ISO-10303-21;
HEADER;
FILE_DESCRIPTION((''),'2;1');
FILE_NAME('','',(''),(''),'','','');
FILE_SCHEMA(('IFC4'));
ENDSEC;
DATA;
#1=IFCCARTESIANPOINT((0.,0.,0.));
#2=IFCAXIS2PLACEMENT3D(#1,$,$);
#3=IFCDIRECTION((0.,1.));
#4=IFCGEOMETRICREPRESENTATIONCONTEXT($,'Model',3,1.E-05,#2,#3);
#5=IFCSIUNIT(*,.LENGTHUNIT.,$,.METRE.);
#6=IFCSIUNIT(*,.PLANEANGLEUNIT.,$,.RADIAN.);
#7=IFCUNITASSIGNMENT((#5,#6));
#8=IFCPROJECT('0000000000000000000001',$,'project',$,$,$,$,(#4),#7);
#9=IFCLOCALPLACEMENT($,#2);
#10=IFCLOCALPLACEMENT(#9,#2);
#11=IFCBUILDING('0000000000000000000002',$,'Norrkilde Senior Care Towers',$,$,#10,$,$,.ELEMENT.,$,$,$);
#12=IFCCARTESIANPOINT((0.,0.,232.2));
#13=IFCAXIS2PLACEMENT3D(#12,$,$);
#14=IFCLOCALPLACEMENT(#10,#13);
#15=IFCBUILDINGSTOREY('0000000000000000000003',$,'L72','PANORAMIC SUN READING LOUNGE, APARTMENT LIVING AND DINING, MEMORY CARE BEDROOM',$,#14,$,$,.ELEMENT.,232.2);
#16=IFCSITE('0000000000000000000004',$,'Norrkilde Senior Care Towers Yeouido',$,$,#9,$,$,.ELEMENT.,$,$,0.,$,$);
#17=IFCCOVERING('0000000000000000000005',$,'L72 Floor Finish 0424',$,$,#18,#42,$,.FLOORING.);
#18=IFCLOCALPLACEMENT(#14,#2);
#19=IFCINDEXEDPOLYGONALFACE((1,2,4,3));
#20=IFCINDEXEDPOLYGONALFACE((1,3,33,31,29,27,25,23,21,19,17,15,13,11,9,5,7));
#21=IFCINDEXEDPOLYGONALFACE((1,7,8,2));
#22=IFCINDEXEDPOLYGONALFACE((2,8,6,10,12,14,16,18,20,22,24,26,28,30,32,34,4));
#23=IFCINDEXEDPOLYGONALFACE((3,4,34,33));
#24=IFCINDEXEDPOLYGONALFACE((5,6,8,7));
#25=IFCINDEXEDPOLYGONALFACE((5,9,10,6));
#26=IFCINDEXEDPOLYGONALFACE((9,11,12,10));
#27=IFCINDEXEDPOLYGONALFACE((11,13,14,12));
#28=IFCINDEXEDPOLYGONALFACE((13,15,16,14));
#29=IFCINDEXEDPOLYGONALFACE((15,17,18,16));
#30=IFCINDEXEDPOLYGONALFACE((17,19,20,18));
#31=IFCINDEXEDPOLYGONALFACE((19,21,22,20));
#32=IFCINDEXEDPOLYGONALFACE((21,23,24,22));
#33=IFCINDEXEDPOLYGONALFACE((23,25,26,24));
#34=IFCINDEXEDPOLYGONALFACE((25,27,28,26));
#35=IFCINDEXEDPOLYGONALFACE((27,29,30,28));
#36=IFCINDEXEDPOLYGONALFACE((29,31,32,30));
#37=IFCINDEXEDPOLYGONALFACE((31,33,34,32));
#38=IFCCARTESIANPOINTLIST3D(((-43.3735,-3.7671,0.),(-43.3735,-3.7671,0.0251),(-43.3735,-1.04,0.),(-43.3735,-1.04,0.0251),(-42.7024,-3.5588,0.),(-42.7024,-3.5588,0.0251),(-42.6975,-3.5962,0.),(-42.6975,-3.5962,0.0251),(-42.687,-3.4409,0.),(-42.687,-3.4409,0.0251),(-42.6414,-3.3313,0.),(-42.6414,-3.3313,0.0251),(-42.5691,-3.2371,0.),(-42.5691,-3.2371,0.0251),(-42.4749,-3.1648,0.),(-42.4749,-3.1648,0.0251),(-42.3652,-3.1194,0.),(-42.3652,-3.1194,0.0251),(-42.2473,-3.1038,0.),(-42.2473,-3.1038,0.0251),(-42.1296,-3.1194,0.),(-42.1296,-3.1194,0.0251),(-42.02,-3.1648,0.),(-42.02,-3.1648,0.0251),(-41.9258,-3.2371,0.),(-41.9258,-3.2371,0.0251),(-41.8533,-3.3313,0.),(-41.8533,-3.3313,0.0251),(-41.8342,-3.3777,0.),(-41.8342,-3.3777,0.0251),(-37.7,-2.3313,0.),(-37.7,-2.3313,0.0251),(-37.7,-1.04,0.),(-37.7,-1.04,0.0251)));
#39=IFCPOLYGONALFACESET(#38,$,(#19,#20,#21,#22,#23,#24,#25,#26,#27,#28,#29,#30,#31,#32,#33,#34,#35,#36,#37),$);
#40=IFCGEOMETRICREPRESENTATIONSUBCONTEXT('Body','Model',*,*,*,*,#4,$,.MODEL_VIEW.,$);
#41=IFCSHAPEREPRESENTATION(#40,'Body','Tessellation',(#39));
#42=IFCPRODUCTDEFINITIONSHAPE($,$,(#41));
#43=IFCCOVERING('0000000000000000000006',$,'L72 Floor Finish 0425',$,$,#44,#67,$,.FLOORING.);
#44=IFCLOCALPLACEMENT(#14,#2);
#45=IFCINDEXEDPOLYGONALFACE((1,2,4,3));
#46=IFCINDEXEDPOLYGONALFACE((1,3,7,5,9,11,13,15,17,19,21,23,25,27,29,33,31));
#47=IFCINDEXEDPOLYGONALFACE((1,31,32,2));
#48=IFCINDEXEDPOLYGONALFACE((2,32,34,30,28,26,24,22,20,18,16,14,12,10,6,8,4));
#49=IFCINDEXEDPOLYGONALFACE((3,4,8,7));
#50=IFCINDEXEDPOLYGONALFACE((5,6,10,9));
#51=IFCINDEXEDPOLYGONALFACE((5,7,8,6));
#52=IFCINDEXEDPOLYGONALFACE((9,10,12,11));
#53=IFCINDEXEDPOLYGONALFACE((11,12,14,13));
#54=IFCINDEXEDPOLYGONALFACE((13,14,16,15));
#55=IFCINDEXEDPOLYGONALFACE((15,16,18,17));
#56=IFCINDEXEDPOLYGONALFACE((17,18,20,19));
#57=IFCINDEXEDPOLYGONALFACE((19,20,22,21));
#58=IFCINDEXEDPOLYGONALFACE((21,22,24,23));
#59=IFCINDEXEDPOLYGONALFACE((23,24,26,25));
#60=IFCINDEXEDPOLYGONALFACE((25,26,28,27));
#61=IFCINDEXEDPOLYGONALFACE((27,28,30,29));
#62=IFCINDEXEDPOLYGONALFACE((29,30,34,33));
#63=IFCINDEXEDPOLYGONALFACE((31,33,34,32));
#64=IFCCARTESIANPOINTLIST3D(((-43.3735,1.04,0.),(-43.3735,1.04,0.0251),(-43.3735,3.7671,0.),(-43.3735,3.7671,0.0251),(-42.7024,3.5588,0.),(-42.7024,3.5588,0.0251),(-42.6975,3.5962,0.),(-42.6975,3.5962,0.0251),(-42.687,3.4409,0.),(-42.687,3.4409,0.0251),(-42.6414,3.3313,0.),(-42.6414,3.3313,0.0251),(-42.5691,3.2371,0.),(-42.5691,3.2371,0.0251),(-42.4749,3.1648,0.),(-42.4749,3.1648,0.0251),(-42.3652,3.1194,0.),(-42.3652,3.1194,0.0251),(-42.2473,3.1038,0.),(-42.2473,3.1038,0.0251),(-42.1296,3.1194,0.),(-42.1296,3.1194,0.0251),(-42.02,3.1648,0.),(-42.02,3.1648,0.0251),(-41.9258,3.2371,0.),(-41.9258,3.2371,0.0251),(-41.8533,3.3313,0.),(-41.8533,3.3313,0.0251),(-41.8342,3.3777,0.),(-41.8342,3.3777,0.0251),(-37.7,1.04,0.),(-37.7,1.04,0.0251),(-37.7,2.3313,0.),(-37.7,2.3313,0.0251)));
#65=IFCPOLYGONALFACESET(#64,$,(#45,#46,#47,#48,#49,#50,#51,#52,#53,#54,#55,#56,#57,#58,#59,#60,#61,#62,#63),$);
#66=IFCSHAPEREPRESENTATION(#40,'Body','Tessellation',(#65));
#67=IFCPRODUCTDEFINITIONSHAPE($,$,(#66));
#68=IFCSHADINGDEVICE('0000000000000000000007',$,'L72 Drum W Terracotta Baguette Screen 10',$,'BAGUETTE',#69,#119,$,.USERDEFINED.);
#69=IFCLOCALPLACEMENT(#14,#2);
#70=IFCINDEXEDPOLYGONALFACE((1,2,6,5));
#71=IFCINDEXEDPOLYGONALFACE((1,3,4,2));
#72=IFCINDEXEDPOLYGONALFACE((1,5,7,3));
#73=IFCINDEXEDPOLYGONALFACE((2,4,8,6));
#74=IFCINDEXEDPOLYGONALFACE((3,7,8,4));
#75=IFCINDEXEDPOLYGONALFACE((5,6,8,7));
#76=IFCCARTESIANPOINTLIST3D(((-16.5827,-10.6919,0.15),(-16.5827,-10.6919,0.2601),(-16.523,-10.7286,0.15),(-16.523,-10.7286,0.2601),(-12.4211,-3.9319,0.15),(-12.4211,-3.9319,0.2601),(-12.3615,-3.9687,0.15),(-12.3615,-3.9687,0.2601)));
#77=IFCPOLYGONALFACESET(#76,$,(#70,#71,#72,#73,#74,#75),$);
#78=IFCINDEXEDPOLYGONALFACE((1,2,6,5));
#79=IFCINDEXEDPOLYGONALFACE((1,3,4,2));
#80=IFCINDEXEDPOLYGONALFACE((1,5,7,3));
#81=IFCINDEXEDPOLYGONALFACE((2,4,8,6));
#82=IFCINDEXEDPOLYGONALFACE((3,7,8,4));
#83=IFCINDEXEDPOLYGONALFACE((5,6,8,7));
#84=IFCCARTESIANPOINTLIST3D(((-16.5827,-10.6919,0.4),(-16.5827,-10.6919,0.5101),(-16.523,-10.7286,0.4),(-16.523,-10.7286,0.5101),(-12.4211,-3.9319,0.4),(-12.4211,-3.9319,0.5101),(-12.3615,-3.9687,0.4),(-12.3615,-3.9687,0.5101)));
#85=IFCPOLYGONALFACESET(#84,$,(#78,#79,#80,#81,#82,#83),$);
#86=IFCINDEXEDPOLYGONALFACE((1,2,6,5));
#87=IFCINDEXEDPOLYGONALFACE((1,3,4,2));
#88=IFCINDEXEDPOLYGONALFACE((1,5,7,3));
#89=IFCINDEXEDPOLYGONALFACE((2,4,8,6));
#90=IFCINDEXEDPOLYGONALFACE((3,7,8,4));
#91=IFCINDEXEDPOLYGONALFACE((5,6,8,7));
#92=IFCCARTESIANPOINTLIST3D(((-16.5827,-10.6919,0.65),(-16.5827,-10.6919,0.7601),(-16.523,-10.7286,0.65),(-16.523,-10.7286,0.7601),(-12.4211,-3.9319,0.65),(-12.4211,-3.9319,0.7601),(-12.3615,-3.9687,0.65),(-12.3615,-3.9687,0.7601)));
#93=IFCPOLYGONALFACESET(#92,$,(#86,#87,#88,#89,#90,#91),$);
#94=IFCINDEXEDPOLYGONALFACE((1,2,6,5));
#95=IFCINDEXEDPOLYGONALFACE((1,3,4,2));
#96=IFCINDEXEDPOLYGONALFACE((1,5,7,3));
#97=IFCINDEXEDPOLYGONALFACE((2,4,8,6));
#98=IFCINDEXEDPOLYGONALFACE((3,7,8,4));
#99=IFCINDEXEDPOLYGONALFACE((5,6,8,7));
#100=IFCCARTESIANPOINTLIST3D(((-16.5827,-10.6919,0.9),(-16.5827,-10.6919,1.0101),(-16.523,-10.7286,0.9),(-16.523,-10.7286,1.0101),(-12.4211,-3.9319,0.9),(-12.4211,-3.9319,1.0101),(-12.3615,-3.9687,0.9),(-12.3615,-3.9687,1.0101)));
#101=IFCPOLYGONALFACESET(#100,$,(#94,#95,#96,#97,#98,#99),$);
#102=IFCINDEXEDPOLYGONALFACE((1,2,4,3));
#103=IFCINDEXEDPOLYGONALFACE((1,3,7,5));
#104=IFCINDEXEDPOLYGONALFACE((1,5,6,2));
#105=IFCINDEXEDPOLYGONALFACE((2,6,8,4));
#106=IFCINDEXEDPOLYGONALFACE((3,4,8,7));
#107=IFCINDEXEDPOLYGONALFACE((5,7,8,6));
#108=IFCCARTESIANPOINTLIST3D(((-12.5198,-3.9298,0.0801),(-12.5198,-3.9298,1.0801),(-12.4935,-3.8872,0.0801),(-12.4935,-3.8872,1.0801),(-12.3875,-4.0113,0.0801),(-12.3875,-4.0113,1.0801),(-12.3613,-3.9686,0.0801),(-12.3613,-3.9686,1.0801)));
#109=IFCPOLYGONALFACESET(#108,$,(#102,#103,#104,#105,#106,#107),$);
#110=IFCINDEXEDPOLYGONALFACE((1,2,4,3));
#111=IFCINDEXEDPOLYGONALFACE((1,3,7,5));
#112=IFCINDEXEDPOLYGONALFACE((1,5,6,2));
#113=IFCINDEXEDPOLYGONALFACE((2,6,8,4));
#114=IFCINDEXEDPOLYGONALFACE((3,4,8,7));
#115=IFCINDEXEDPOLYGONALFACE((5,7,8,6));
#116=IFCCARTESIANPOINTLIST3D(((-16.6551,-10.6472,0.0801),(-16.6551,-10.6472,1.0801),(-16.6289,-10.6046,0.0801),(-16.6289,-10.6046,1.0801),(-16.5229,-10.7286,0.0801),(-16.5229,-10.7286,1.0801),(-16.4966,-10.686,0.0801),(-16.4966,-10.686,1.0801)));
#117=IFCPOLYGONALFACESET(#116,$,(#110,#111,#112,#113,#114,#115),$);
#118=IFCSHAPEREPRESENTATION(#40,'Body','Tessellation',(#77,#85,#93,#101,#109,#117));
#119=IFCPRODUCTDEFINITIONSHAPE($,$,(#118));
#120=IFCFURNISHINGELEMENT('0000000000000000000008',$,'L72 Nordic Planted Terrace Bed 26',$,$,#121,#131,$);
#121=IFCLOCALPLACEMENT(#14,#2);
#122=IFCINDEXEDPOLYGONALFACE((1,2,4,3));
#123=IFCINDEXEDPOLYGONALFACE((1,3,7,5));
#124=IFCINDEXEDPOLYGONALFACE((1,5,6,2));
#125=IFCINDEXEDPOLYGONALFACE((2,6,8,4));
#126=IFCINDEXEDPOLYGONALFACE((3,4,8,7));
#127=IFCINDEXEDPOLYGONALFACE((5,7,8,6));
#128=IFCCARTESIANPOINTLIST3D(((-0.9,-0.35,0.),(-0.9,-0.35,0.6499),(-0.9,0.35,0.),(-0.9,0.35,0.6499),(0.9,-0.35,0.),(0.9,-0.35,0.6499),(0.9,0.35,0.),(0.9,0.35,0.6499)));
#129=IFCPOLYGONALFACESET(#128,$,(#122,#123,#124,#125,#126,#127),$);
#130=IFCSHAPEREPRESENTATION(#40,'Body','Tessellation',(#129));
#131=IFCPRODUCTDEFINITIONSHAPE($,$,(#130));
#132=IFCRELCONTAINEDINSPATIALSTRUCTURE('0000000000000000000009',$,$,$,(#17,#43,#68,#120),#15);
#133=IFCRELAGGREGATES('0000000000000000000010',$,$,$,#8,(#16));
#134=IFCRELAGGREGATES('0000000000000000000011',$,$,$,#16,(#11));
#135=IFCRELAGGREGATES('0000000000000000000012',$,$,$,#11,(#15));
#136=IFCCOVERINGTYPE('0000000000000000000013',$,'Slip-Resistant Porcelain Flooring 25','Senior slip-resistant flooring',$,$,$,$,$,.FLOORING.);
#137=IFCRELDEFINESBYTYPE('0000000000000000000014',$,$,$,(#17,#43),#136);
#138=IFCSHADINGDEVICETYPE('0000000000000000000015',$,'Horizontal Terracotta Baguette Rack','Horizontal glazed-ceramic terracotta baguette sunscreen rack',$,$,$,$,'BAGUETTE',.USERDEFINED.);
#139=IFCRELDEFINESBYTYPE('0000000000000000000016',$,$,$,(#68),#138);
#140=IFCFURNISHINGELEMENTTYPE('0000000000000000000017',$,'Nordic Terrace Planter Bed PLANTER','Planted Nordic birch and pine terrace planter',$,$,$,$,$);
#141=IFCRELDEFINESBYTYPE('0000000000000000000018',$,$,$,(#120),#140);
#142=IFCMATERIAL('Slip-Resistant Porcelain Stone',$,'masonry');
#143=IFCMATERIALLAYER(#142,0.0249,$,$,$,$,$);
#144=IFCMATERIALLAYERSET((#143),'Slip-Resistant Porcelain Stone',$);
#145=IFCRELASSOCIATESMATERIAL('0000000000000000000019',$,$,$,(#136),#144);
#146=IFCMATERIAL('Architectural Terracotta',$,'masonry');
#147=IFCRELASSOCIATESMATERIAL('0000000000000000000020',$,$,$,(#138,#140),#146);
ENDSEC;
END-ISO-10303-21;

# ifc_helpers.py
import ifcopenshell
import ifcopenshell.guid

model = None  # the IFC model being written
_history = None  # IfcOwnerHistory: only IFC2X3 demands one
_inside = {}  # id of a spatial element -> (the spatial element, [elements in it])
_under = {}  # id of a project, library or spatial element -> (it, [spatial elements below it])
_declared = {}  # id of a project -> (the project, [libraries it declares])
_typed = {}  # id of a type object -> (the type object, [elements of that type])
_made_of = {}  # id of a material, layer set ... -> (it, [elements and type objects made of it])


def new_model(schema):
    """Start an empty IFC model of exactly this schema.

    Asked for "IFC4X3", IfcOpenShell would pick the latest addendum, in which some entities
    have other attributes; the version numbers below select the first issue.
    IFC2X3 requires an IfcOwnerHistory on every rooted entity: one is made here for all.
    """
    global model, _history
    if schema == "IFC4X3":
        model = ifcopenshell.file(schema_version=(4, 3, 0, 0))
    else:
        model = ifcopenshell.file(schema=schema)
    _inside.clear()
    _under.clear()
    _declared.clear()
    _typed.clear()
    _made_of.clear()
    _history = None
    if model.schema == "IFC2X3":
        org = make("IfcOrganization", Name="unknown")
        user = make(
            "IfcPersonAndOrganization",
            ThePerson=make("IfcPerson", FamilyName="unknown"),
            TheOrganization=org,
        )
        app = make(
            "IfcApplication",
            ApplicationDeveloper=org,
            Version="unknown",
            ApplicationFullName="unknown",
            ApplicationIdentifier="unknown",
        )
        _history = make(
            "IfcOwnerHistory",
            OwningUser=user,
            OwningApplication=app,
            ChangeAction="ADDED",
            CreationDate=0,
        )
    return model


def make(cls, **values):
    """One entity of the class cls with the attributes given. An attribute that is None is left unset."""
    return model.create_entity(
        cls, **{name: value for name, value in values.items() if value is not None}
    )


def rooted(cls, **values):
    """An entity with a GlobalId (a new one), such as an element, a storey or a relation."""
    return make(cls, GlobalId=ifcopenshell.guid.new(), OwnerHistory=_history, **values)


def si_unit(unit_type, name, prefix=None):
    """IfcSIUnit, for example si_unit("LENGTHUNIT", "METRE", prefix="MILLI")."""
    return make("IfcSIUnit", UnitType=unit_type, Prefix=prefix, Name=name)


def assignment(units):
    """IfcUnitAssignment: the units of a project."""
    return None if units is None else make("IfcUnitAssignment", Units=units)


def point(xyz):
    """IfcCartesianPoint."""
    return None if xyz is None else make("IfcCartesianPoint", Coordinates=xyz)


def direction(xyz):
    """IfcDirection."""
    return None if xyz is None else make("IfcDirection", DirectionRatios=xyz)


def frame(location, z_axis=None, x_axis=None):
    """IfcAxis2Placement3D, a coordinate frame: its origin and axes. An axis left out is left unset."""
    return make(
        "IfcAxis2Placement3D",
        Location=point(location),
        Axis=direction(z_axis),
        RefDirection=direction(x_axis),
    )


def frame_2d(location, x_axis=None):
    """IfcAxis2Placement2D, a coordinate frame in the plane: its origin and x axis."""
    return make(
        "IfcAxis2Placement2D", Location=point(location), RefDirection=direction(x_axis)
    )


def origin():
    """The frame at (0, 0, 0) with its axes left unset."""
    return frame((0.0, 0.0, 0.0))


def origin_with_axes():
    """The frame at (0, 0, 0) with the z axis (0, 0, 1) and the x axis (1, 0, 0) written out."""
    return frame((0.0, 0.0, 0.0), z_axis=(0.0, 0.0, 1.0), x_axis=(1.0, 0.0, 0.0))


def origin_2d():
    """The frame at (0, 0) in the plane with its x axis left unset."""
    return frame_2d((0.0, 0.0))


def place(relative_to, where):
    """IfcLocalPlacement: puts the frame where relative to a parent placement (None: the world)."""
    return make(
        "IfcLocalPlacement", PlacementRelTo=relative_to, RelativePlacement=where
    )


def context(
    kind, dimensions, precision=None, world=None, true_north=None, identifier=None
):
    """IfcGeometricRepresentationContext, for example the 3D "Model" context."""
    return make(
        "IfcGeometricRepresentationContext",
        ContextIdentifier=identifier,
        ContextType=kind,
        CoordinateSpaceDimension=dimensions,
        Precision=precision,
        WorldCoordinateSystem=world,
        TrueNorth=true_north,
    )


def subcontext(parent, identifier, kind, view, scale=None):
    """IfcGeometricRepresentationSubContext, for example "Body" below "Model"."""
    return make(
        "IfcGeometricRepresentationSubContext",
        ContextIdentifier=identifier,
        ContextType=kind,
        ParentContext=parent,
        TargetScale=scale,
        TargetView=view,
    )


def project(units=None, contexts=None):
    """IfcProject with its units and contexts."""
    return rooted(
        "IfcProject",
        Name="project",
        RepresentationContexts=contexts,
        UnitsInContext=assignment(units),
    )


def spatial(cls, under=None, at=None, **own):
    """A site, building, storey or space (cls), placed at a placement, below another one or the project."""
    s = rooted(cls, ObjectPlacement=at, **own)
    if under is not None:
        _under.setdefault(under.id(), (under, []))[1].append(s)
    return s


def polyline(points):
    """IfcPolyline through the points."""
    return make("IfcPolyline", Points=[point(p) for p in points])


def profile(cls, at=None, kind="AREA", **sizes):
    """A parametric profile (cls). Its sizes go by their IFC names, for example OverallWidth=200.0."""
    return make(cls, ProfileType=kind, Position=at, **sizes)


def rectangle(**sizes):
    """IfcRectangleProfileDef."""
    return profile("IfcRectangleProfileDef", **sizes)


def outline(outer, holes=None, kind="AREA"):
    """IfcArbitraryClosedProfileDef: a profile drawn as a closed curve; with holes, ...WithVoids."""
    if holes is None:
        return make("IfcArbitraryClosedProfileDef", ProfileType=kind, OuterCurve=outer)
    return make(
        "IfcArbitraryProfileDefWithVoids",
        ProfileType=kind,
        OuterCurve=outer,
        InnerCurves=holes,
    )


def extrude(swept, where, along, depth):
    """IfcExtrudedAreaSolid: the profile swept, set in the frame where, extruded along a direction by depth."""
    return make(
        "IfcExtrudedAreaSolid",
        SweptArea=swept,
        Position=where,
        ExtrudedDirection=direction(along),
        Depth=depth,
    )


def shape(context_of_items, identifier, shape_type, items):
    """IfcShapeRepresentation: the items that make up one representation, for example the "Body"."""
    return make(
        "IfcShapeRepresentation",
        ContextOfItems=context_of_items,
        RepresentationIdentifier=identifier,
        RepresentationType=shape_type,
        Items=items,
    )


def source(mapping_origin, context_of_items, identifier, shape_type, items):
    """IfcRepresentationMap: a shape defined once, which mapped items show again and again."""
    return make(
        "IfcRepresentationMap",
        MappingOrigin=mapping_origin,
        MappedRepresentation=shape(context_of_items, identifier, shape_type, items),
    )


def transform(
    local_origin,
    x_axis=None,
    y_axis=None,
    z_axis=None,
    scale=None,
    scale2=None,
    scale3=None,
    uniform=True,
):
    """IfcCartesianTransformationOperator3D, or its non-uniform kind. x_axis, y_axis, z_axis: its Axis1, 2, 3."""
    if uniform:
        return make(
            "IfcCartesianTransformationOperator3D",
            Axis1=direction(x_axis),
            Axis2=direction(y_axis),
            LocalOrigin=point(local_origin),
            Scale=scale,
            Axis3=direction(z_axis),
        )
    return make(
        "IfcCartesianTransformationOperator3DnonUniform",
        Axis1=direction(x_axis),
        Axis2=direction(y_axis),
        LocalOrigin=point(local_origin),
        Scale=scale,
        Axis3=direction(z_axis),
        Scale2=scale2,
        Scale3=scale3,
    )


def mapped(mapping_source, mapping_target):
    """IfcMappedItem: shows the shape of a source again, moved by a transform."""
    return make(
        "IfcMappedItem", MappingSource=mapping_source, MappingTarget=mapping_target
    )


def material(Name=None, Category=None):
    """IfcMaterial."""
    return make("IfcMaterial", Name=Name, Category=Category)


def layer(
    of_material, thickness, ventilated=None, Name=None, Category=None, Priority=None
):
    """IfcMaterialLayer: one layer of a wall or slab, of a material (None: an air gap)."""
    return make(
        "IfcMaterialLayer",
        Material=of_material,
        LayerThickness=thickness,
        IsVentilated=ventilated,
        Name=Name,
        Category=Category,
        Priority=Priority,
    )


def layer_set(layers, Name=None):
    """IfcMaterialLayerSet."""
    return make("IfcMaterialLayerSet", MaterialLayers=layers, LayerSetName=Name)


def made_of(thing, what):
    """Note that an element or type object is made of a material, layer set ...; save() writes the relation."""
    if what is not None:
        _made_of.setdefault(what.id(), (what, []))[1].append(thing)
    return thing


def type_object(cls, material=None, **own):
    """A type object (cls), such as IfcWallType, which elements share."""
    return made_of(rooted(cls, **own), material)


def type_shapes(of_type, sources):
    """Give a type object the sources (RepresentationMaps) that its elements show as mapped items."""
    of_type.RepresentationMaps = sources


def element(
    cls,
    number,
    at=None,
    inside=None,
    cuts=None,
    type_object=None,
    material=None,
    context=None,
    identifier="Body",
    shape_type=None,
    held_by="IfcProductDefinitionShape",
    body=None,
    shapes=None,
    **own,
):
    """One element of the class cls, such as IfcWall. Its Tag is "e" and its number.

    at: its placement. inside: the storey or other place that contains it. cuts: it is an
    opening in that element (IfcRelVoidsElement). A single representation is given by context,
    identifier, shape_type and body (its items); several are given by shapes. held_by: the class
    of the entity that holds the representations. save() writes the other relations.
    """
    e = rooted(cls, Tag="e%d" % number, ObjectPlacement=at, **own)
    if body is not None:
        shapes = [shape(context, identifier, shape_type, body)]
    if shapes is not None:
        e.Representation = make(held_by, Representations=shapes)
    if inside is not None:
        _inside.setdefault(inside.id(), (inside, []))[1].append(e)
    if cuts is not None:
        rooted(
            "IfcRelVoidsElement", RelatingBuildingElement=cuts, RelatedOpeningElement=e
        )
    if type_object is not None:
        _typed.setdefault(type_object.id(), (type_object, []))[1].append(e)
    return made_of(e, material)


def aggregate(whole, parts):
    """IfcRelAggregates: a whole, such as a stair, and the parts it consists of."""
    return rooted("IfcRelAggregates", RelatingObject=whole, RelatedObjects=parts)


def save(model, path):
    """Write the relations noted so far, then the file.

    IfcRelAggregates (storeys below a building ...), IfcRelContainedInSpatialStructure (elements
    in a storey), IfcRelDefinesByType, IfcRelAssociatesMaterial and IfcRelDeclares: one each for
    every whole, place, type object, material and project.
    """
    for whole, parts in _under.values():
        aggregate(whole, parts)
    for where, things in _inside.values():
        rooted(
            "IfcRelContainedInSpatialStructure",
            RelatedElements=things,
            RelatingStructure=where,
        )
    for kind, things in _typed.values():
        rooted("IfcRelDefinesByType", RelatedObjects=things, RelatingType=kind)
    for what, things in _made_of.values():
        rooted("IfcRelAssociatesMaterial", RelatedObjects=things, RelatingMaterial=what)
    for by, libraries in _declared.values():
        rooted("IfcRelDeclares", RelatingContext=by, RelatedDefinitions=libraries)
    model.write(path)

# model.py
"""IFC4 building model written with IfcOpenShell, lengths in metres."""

from ifc_helpers import new_model, si_unit, direction, frame, origin, origin_with_axes, origin_2d, place, context, subcontext, project, spatial, polyline, rectangle, outline, extrude, source, transform, mapped, material, layer, layer_set, type_object, type_shapes, element, save


model = new_model("IFC4")

# Units and contexts
model_context = context("Model", 3, precision=1e-05, world=origin(), true_north=direction((0.0, 1.0)))
body_context = subcontext(model_context, "Body", "Model", "MODEL_VIEW")
ifc_project = project(units=[si_unit("LENGTHUNIT", "METRE"), si_unit("PLANEANGLEUNIT", "RADIAN")], contexts=[model_context])

# Site, building, storey
site_placement = place(None, origin())
site = spatial("IfcSite", under=ifc_project, at=site_placement, Name="Norrkilde Senior Care Towers Yeouido", CompositionType="ELEMENT", RefElevation=0.0)
building_placement = place(site_placement, origin())
building = spatial("IfcBuilding", under=site, at=building_placement, Name="Norrkilde Senior Care Towers", CompositionType="ELEMENT")
storey_placement = place(building_placement, frame((0.0, 0.0, 232.2)))
storey = spatial("IfcBuildingStorey", under=building, at=storey_placement, Name="L72", Description="PANORAMIC SUN READING LOUNGE, APARTMENT LIVING AND DINING, MEMORY CARE BEDROOM", CompositionType="ELEMENT", Elevation=232.2)

# Coverings
ifc_material_1 = material(Name="Slip-Resistant Porcelain Stone", Category="masonry")
ifc_layer_1 = layer(ifc_material_1, 0.0249)
ifc_layer_set_1 = layer_set([ifc_layer_1], Name="Slip-Resistant Porcelain Stone")
covering_type_1 = type_object("IfcCoveringType", Name="Slip-Resistant Porcelain Flooring 25", Description="Senior slip-resistant flooring", PredefinedType="FLOORING", material=ifc_layer_set_1)
covering_1_placement = place(storey_placement, origin())
element("IfcCovering", 1, at=covering_1_placement, inside=storey, type_object=covering_type_1, Name="L72 Floor Finish 0424", PredefinedType="FLOORING", context=body_context, shape_type="SweptSolid", body=[
    extrude(outline(polyline([(-37.7, -1.04), (-37.7, -2.3313), (-41.8342, -3.3777), (-41.8533, -3.3313), (-41.9258, -3.2371), (-42.02, -3.1648), (-42.1296, -3.1194), (-42.2473, -3.1038), (-42.3652, -3.1194), (-42.4749, -3.1648), (-42.5691, -3.2371), (-42.6414, -3.3313), (-42.687, -3.4409), (-42.7024, -3.5588), (-42.6975, -3.5962), (-43.3735, -3.7671), (-43.3735, -1.04), (-37.7, -1.04)])), origin(), (0.0, 0.0, 1.0), 0.0251),
])
covering_2_placement = place(storey_placement, origin())
element("IfcCovering", 2, at=covering_2_placement, inside=storey, type_object=covering_type_1, Name="L72 Floor Finish 0425", PredefinedType="FLOORING", context=body_context, shape_type="SweptSolid", body=[
    extrude(outline(polyline([(-37.7, 1.04), (-43.3735, 1.04), (-43.3735, 3.7671), (-42.6975, 3.5962), (-42.7024, 3.5588), (-42.687, 3.4409), (-42.6414, 3.3313), (-42.5691, 3.2371), (-42.4749, 3.1648), (-42.3652, 3.1194), (-42.2473, 3.1038), (-42.1296, 3.1194), (-42.02, 3.1648), (-41.9258, 3.2371), (-41.8533, 3.3313), (-41.8342, 3.3777), (-37.7, 2.3313), (-37.7, 1.04)])), origin(), (0.0, 0.0, 1.0), 0.0251),
])

# Shading device
ifc_material_2 = material(Name="Architectural Terracotta", Category="masonry")
shading_device_type = type_object("IfcShadingDeviceType", Name="Horizontal Terracotta Baguette Rack", Description="Horizontal glazed-ceramic terracotta baguette sunscreen rack", ElementType="BAGUETTE", PredefinedType="USERDEFINED", material=ifc_material_2)
shared_shape_1 = source(origin(), body_context, "Body", "SweptSolid", [
    extrude(rectangle(XDim=0.0701, YDim=0.1101, at=origin_2d()), frame((0.0, 0.0901, 0.125), z_axis=(1.0, 0.0, 0.0), x_axis=(0.0, 1.0, 0.0)), (0.0, 0.0, 1.0), 7.9382),
    extrude(rectangle(XDim=0.0701, YDim=0.1101, at=origin_2d()), frame((0.0, 0.0901, 0.375), z_axis=(1.0, 0.0, 0.0), x_axis=(0.0, 1.0, 0.0)), (0.0, 0.0, 1.0), 7.9382),
    extrude(rectangle(XDim=0.0701, YDim=0.1101, at=origin_2d()), frame((0.0, 0.0901, 0.625), z_axis=(1.0, 0.0, 0.0), x_axis=(0.0, 1.0, 0.0)), (0.0, 0.0, 1.0), 7.9382),
    extrude(rectangle(XDim=0.0701, YDim=0.1101, at=origin_2d()), frame((0.0, 0.0901, 0.875), z_axis=(1.0, 0.0, 0.0), x_axis=(0.0, 1.0, 0.0)), (0.0, 0.0, 1.0), 7.9382),
    extrude(rectangle(XDim=0.05, YDim=0.1553, at=origin_2d()), frame((0.0249, 0.0476, 0.0)), (0.0, 0.0, 1.0), 1.0),
    extrude(rectangle(XDim=0.05, YDim=0.1553, at=origin_2d()), frame((7.9131, 0.0476, 0.0)), (0.0, 0.0, 1.0), 1.0),
])
type_shapes(shading_device_type, [shared_shape_1])
shading_device_placement = place(storey_placement, frame((-12.468, -3.9031, 0.0801), z_axis=(0.0, 0.0, 1.0), x_axis=(-0.52425, -0.851576, 0.0)))
element("IfcShadingDevice", 3, at=shading_device_placement, inside=storey, type_object=shading_device_type, Name="L72 Drum W Terracotta Baguette Screen 10", ObjectType="BAGUETTE", PredefinedType="USERDEFINED", context=body_context, shape_type="MappedRepresentation", body=[
    mapped(shared_shape_1, transform((0.0, 0.0, 0.0), x_axis=(1.0, 0.0, 0.0), y_axis=(0.0, 1.0, 0.0), z_axis=(0.0, 0.0, 1.0), scale=1.0)),
])

# Furnishing element
furnishing_element_type = type_object("IfcFurnishingElementType", Name="Nordic Terrace Planter Bed PLANTER", Description="Planted Nordic birch and pine terrace planter", material=ifc_material_2)
shared_shape_2 = source(origin(), body_context, "Body", "SweptSolid", [
    extrude(rectangle(XDim=1.8, YDim=0.7, at=origin_2d()), origin(), (0.0, 0.0, 1.0), 0.6499),
])
type_shapes(furnishing_element_type, [shared_shape_2])
furnishing_placement = place(storey_placement, origin_with_axes())
element("IfcFurnishingElement", 4, at=furnishing_placement, inside=storey, type_object=furnishing_element_type, Name="L72 Nordic Planted Terrace Bed 26", context=body_context, shape_type="MappedRepresentation", body=[
    mapped(shared_shape_2, transform((0.0, 0.0, 0.0), x_axis=(1.0, 0.0, 0.0), y_axis=(0.0, 1.0, 0.0), z_axis=(0.0, 0.0, 1.0), scale=1.0)),
])

save(model, "model.ifc")
